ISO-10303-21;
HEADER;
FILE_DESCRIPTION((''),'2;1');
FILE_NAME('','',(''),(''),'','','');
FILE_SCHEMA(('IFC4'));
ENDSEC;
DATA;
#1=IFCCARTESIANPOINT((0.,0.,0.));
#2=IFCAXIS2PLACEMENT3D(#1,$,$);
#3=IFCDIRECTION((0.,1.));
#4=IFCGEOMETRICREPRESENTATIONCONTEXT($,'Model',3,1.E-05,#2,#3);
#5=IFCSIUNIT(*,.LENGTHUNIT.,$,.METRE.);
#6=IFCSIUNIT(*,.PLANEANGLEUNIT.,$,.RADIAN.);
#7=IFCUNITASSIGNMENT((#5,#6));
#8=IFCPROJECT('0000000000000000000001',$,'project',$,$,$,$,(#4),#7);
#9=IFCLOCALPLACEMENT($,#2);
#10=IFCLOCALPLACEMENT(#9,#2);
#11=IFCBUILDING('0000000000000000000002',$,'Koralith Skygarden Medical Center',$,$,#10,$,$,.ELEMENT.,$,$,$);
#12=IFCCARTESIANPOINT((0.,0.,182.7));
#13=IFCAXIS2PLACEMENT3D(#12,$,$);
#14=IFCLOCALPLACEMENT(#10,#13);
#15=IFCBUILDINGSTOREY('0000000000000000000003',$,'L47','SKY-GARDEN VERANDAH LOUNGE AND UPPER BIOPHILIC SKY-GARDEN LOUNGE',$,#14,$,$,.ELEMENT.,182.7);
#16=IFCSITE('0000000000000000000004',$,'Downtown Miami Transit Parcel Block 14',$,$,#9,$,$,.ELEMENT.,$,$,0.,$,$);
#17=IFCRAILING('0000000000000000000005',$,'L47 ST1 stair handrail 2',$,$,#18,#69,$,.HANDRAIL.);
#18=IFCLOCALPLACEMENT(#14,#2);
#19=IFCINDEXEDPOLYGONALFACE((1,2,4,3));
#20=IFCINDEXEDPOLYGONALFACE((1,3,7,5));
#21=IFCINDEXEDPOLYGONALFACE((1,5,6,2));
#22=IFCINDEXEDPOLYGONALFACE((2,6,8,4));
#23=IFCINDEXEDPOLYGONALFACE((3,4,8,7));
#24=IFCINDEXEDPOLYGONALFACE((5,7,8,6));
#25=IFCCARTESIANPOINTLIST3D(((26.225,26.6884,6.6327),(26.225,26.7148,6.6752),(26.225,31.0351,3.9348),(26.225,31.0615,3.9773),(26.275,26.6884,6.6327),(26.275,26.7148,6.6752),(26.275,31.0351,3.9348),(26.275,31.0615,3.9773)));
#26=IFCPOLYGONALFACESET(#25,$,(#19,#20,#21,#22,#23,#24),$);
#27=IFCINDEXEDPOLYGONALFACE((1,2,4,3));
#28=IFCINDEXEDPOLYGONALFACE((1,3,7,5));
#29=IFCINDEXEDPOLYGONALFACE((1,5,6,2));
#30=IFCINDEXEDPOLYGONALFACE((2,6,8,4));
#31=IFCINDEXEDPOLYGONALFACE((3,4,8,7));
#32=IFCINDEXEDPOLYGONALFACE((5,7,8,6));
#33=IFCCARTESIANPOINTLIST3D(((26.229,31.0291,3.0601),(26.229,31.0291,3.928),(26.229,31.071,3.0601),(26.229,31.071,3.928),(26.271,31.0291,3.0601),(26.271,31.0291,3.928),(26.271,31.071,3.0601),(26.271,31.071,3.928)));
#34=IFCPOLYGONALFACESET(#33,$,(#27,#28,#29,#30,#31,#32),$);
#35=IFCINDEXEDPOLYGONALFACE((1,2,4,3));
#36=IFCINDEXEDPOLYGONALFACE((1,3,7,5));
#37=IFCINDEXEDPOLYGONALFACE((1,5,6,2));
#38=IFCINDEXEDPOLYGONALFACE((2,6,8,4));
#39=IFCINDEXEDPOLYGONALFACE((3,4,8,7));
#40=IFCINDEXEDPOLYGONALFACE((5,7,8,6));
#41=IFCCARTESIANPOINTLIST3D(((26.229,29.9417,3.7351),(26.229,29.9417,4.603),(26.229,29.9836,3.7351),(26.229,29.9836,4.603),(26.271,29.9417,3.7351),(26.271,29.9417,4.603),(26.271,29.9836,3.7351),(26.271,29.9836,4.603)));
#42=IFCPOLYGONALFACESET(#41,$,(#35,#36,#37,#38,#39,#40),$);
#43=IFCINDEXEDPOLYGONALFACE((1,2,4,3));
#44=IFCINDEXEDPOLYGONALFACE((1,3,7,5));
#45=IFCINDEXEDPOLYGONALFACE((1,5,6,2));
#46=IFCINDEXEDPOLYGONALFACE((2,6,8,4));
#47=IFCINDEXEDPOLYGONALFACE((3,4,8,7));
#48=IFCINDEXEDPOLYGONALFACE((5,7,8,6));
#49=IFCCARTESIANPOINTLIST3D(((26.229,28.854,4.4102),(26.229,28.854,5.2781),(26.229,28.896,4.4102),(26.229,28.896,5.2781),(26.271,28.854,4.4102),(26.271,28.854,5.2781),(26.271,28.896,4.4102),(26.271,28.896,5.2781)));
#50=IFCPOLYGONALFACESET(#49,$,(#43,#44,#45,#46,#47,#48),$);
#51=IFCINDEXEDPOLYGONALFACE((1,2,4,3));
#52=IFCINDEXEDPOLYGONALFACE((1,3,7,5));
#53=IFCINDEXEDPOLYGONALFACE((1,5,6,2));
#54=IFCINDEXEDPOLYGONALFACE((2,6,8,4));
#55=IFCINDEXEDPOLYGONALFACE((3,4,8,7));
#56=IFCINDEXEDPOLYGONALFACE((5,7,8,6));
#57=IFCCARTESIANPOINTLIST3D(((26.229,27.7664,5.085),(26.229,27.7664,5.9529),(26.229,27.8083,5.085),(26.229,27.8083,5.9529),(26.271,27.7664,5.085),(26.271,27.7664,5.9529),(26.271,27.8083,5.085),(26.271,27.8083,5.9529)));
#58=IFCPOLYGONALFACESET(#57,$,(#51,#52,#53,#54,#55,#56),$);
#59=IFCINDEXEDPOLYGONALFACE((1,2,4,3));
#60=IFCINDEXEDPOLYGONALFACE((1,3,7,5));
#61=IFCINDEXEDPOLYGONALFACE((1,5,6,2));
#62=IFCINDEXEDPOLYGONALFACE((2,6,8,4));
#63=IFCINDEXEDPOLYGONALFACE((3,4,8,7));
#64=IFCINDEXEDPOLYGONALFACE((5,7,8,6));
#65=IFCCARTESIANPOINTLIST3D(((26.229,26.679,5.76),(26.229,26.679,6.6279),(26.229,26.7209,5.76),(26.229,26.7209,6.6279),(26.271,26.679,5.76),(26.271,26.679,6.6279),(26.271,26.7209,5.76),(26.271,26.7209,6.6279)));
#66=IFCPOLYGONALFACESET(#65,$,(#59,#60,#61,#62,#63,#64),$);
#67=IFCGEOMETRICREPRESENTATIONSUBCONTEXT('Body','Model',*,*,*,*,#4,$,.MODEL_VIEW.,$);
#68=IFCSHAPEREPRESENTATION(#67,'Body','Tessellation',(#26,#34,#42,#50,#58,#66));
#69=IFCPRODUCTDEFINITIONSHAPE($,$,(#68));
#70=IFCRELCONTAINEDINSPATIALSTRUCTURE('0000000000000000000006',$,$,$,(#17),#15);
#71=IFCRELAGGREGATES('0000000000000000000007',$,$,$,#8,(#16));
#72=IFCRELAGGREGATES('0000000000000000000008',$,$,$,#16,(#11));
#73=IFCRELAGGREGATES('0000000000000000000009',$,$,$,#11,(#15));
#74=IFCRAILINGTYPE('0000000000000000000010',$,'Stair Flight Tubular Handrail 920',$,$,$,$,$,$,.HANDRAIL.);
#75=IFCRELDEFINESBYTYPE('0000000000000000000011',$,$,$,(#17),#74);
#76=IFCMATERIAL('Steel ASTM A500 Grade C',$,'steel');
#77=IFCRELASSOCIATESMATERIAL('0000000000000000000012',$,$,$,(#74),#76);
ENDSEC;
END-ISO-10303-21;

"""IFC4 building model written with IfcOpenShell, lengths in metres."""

from ifc_helpers import new_model, si_unit, direction, frame, origin, origin_2d, place, context, subcontext, project, spatial, rectangle, extrude, material, type_object, element, save


model = new_model("IFC4")

# Units and contexts
model_context = context("Model", 3, precision=1e-05, world=origin(), true_north=direction((0.0, 1.0)))
body_context = subcontext(model_context, "Body", "Model", "MODEL_VIEW")
ifc_project = project(units=[si_unit("LENGTHUNIT", "METRE"), si_unit("PLANEANGLEUNIT", "RADIAN")], contexts=[model_context])

# Site, building, storey
site_placement = place(None, origin())
site = spatial("IfcSite", under=ifc_project, at=site_placement, Name="Downtown Miami Transit Parcel Block 14", CompositionType="ELEMENT", RefElevation=0.0)
building_placement = place(site_placement, origin())
building = spatial("IfcBuilding", under=site, at=building_placement, Name="Koralith Skygarden Medical Center", CompositionType="ELEMENT")
storey_placement = place(building_placement, frame((0.0, 0.0, 182.7)))
storey = spatial("IfcBuildingStorey", under=building, at=storey_placement, Name="L47", Description="SKY-GARDEN VERANDAH LOUNGE AND UPPER BIOPHILIC SKY-GARDEN LOUNGE", CompositionType="ELEMENT", Elevation=182.7)

# Shared definitions
ifc_material_1 = material(Name="Steel ASTM A500 Grade C", Category="steel")

# Railing
railing_type = type_object("IfcRailingType", Name="Stair Flight Tubular Handrail 920", PredefinedType="HANDRAIL", material=ifc_material_1)
railing_placement = place(storey_placement, frame((26.25, 31.05, 3.0601)))
element("IfcRailing", 1, at=railing_placement, inside=storey, type_object=railing_type, Name="L47 ST1 stair handrail 2", PredefinedType="HANDRAIL", context=body_context, shape_type="SweptSolid", body=[
    extrude(rectangle(XDim=0.05, YDim=0.05, at=origin_2d()), frame((0.0, -0.0017, 0.896), z_axis=(0.0, -0.84965, 0.527347), x_axis=(1.0, 0.0, 0.0)), (0.0, 0.0, 1.0), 5.116),
    extrude(rectangle(XDim=0.042, YDim=0.042, at=origin_2d()), origin(), (0.0, 0.0, 1.0), 0.8679),
    extrude(rectangle(XDim=0.042, YDim=0.042, at=origin_2d()), frame((0.0, -1.0874, 0.675)), (0.0, 0.0, 1.0), 0.8679),
    extrude(rectangle(XDim=0.042, YDim=0.042, at=origin_2d()), frame((0.0, -2.175, 1.3501)), (0.0, 0.0, 1.0), 0.8679),
    extrude(rectangle(XDim=0.042, YDim=0.042, at=origin_2d()), frame((0.0, -3.2627, 2.0249)), (0.0, 0.0, 1.0), 0.8679),
    extrude(rectangle(XDim=0.042, YDim=0.042, at=origin_2d()), frame((0.0, -4.3501, 2.7)), (0.0, 0.0, 1.0), 0.8679),
])

save(model, "model.ifc")
